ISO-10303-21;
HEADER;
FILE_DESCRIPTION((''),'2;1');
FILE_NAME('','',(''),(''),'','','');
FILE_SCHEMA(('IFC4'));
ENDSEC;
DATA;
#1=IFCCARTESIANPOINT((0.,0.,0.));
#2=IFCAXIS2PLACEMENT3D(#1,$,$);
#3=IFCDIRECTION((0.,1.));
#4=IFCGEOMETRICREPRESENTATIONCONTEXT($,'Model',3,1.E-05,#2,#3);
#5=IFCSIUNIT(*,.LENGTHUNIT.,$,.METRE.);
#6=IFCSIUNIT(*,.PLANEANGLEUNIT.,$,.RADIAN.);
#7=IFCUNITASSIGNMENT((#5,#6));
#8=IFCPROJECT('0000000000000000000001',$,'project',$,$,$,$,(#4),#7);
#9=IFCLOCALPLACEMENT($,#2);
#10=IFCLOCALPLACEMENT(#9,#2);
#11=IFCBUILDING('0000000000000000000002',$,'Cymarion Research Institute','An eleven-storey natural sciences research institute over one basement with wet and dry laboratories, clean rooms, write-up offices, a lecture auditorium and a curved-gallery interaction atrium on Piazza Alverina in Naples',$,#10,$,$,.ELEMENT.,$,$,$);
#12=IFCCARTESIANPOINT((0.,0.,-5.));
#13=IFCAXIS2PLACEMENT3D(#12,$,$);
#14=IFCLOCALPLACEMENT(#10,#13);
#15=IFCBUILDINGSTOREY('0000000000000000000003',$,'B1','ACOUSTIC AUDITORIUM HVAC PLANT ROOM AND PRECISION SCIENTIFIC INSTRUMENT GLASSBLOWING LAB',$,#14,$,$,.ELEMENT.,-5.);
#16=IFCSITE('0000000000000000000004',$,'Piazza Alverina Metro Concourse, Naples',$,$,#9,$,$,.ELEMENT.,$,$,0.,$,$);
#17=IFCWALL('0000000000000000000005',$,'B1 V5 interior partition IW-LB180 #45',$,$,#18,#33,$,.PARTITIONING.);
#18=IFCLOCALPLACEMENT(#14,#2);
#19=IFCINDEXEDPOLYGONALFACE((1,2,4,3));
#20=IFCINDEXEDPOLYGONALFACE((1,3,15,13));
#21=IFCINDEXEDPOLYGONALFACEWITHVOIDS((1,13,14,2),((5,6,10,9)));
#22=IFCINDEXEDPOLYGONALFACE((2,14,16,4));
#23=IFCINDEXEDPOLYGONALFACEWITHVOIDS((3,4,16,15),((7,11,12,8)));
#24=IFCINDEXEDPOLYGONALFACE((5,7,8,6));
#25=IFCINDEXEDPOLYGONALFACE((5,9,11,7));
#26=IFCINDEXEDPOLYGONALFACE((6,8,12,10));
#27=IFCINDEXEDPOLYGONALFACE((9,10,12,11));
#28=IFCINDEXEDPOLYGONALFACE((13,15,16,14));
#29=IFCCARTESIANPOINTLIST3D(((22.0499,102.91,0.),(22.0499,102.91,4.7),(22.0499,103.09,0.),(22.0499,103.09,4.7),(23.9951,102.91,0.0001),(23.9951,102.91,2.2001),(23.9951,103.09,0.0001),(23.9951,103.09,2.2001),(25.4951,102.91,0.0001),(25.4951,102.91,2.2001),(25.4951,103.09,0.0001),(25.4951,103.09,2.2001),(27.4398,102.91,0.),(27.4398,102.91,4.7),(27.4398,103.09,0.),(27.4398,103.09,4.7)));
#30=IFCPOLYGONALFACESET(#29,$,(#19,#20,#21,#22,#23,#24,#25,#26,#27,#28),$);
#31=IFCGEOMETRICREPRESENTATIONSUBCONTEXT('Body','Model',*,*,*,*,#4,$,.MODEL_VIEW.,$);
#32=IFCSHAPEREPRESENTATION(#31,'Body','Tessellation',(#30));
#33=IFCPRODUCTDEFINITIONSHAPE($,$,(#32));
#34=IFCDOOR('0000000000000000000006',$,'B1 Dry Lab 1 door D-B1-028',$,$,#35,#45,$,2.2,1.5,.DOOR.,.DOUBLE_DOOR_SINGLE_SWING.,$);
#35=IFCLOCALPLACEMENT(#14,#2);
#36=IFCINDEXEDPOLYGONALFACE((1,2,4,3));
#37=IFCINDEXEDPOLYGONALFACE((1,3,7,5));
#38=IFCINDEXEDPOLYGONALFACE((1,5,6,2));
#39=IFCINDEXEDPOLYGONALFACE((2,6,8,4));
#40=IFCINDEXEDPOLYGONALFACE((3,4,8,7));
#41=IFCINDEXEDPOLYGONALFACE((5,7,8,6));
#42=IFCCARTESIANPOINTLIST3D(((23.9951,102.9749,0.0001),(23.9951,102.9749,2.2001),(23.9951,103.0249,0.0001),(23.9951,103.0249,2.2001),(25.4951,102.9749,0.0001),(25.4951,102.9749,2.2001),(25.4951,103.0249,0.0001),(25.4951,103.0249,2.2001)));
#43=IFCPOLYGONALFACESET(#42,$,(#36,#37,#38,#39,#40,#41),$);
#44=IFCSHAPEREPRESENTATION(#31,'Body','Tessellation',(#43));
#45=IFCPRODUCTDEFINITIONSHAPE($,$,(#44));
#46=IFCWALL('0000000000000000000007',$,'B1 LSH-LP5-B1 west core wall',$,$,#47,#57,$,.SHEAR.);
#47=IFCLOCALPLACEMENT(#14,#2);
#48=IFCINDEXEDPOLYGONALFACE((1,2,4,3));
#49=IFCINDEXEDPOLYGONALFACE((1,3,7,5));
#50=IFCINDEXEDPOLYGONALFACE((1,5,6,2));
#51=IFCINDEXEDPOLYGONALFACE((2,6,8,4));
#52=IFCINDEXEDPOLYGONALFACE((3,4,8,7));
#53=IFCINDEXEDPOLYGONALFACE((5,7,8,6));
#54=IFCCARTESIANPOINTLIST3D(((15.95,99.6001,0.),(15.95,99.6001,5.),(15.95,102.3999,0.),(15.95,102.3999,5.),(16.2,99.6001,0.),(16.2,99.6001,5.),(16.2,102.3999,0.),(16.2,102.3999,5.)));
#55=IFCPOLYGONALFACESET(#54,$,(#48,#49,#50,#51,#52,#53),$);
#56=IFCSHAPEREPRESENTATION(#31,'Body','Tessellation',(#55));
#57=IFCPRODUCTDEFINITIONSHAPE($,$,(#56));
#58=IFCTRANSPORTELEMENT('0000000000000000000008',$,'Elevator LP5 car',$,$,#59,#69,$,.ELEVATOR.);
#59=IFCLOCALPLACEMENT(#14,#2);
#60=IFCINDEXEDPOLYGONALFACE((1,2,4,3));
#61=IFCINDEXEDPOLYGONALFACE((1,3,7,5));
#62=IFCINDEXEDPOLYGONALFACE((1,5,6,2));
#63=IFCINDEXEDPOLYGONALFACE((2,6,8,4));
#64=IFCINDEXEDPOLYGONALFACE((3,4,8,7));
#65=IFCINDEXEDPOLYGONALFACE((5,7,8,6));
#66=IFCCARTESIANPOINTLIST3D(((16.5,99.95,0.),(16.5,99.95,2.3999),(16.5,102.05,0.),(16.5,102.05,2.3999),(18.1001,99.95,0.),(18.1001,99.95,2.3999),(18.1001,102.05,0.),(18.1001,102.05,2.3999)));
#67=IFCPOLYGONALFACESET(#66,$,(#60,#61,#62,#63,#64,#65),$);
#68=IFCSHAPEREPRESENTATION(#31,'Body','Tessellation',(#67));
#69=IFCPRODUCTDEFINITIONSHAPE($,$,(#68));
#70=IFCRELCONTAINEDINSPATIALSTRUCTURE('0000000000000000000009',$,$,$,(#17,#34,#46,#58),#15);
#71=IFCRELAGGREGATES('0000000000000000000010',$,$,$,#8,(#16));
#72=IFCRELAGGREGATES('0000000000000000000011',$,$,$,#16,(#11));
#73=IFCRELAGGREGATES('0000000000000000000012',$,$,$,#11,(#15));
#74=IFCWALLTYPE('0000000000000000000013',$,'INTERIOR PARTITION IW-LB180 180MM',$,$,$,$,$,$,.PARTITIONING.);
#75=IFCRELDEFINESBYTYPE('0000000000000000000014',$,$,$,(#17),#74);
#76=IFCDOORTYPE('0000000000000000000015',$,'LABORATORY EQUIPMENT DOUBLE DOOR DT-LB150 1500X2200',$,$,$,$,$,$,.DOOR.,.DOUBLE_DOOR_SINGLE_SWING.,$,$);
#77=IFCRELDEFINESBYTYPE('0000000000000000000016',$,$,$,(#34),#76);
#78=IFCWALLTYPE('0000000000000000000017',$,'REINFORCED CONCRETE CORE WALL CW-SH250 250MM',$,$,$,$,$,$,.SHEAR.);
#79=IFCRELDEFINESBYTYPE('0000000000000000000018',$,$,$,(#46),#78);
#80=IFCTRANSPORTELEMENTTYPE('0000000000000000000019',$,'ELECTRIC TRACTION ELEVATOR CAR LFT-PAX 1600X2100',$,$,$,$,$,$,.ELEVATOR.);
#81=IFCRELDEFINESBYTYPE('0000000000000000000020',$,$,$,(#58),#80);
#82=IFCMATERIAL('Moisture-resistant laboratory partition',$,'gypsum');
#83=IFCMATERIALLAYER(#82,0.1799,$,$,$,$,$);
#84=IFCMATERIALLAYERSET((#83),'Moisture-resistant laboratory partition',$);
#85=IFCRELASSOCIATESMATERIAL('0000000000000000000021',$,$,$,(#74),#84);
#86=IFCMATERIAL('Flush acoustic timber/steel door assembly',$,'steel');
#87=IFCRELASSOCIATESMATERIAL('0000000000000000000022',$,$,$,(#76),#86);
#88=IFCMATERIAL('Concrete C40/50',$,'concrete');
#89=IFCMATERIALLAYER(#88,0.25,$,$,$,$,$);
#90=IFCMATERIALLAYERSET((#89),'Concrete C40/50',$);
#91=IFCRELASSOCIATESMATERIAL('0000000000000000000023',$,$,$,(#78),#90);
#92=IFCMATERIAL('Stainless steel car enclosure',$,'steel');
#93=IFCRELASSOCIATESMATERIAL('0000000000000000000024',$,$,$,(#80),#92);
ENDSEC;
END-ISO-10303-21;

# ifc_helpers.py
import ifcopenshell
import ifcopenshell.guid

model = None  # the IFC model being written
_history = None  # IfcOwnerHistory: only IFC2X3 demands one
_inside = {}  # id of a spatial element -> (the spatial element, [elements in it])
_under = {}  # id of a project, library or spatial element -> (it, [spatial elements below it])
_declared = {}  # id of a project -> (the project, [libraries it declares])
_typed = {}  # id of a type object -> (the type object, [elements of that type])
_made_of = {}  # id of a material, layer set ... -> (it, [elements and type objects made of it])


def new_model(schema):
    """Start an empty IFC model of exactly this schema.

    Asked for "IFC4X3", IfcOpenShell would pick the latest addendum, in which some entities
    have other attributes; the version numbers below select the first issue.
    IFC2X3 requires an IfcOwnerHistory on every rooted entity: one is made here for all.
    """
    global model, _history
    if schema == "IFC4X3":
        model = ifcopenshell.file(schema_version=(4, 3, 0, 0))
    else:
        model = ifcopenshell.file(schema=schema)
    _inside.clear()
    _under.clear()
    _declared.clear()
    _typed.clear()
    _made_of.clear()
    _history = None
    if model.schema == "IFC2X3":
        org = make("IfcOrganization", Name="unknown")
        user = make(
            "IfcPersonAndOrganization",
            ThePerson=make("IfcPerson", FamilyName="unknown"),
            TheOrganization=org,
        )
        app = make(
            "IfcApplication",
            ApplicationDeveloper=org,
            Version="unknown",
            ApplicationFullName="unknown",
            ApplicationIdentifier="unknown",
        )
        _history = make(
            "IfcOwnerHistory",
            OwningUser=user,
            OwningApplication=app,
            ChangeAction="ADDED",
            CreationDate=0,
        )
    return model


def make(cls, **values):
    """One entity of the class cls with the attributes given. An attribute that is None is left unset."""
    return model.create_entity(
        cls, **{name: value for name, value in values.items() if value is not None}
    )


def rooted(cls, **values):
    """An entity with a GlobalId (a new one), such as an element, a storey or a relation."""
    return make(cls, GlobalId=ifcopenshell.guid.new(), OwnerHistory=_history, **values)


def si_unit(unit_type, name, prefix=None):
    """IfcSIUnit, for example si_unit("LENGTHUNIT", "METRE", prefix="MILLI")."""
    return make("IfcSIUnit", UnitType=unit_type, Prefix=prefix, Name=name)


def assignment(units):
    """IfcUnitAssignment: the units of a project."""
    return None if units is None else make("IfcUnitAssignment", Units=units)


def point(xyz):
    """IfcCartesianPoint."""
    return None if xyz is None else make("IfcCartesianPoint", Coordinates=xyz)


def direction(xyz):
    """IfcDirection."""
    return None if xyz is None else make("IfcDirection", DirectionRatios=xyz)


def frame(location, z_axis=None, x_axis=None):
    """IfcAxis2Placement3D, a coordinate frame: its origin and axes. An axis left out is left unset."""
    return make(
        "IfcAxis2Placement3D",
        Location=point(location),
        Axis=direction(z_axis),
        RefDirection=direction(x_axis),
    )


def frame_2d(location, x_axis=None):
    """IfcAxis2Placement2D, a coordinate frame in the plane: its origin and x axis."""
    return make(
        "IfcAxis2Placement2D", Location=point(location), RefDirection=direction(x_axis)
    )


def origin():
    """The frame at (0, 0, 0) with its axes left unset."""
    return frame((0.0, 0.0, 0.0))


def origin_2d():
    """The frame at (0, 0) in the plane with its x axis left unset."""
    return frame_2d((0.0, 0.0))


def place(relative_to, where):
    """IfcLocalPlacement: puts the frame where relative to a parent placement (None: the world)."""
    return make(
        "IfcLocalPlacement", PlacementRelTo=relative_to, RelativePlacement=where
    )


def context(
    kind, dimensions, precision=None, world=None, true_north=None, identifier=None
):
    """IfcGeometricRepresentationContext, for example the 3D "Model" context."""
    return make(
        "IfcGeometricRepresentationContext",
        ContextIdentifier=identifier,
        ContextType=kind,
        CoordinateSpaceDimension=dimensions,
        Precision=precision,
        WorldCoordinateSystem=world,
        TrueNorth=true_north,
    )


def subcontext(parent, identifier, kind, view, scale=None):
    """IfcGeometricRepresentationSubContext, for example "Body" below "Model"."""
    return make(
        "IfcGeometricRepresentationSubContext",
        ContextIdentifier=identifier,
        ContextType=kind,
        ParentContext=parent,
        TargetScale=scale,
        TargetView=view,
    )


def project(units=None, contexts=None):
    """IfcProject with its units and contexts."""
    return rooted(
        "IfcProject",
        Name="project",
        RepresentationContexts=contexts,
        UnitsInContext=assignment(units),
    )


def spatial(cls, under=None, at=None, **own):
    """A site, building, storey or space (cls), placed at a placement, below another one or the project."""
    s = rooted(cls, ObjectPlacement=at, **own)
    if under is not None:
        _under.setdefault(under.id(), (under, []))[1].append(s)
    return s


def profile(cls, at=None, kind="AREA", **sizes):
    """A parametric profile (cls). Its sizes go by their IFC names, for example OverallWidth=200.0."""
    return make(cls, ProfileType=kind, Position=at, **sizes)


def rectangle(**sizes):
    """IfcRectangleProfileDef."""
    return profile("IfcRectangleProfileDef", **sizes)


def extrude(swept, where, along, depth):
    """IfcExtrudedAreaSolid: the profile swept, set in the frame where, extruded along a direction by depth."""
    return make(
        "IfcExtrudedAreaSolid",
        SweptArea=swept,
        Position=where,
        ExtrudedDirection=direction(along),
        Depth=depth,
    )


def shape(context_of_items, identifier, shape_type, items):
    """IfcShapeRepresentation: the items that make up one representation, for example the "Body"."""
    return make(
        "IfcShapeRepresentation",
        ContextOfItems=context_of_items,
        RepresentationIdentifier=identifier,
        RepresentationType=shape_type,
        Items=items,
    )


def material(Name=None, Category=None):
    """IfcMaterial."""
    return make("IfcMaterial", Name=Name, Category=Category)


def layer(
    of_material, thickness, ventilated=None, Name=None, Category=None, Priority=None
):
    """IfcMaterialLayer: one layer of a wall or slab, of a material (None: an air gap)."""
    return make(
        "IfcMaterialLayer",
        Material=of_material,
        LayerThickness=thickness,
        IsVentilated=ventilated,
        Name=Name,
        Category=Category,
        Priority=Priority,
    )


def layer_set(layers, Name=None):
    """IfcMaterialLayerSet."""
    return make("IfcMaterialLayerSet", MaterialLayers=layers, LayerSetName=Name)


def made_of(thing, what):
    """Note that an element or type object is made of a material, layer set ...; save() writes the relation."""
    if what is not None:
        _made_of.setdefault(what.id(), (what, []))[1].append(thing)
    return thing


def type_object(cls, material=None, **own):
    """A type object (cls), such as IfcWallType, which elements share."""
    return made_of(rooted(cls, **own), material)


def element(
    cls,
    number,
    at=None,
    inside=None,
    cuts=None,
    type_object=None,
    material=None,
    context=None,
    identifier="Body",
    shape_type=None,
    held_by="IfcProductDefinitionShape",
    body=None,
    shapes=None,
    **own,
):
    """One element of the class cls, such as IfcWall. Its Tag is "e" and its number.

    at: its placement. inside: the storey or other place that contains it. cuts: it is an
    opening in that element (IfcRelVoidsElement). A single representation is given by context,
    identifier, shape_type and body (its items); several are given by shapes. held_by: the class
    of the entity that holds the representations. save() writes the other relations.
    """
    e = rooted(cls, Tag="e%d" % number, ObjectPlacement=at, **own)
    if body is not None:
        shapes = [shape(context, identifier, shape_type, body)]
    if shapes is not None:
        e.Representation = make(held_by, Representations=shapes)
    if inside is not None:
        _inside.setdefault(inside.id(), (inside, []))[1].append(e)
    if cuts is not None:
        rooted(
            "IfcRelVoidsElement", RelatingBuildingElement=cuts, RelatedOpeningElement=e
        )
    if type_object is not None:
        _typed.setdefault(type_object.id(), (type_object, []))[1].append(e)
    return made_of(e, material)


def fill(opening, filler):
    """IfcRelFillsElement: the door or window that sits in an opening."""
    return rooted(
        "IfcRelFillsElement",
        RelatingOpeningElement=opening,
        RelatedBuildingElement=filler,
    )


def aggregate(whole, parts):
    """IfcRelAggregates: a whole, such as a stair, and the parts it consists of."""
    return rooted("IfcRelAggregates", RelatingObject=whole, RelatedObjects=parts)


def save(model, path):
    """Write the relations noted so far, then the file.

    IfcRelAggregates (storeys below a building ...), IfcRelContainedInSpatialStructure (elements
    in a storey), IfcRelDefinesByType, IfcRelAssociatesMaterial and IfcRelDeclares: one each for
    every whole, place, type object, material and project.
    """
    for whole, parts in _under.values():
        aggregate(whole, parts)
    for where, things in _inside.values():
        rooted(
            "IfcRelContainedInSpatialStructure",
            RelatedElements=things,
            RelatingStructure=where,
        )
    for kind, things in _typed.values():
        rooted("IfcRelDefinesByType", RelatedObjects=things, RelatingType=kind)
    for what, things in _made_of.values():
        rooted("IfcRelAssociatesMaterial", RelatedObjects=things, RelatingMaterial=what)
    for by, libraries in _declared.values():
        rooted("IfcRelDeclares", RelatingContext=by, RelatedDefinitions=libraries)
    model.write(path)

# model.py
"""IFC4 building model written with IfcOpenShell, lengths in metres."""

from ifc_helpers import new_model, si_unit, direction, frame, frame_2d, origin, origin_2d, place, context, subcontext, project, spatial, rectangle, extrude, material, layer, layer_set, type_object, element, fill, save


model = new_model("IFC4")

# Units and contexts
model_context = context("Model", 3, precision=1e-05, world=origin(), true_north=direction((0.0, 1.0)))
body_context = subcontext(model_context, "Body", "Model", "MODEL_VIEW")
ifc_project = project(units=[si_unit("LENGTHUNIT", "METRE"), si_unit("PLANEANGLEUNIT", "RADIAN")], contexts=[model_context])

# Site, building, storey
site_placement = place(None, origin())
site = spatial("IfcSite", under=ifc_project, at=site_placement, Name="Piazza Alverina Metro Concourse, Naples", CompositionType="ELEMENT", RefElevation=0.0)
building_placement = place(site_placement, origin())
building = spatial("IfcBuilding", under=site, at=building_placement, Name="Cymarion Research Institute", Description="An eleven-storey natural sciences research institute over one basement with wet and dry laboratories, clean rooms, write-up offices, a lecture auditorium and a curved-gallery interaction atrium on Piazza Alverina in Naples", CompositionType="ELEMENT")
storey_placement = place(building_placement, frame((0.0, 0.0, -5.0)))
storey = spatial("IfcBuildingStorey", under=building, at=storey_placement, Name="B1", Description="ACOUSTIC AUDITORIUM HVAC PLANT ROOM AND PRECISION SCIENTIFIC INSTRUMENT GLASSBLOWING LAB", CompositionType="ELEMENT", Elevation=-5.0)

# Wall, opening, door
ifc_material_1 = material(Name="Flush acoustic timber/steel door assembly", Category="steel")
ifc_material_2 = material(Name="Moisture-resistant laboratory partition", Category="gypsum")
ifc_layer_1 = layer(ifc_material_2, 0.1799)
ifc_layer_set_1 = layer_set([ifc_layer_1], Name="Moisture-resistant laboratory partition")
wall_type_1 = type_object("IfcWallType", Name="INTERIOR PARTITION IW-LB180 180MM", PredefinedType="PARTITIONING", material=ifc_layer_set_1)
wall_1_placement = place(storey_placement, frame((22.05, 103.0, 0.0), z_axis=(0.0, 0.0, 1.0), x_axis=(1.0, 0.0, 0.0)))
wall_1 = element("IfcWall", 1, at=wall_1_placement, inside=storey, type_object=wall_type_1, Name="B1 V5 interior partition IW-LB180 #45", PredefinedType="PARTITIONING", context=body_context, shape_type="SweptSolid", body=[
    extrude(rectangle(XDim=5.3899, YDim=0.1799, at=frame_2d((2.6948, 0.0))), origin(), (0.0, 0.0, 1.0), 4.7),
])
opening_1_placement = place(wall_1_placement, frame((1.9451, 0.0, 0.0)))
opening_1 = element("IfcOpeningElement", 2, at=opening_1_placement, cuts=wall_1, PredefinedType="OPENING", context=body_context, shape_type="SweptSolid", body=[
    extrude(rectangle(XDim=1.5, YDim=2.2, at=frame_2d((0.75, 1.1001))), frame((0.0, 0.0999, 0.0), z_axis=(0.0, -1.0, 0.0), x_axis=(1.0, 0.0, 0.0)), (0.0, 0.0, 1.0), 0.2),
])
door_type_1 = type_object("IfcDoorType", Name="LABORATORY EQUIPMENT DOUBLE DOOR DT-LB150 1500X2200", OperationType="DOUBLE_DOOR_SINGLE_SWING", PredefinedType="DOOR", material=ifc_material_1)
door_1_placement = place(opening_1_placement, origin())
door_1 = element("IfcDoor", 3, at=door_1_placement, inside=storey, type_object=door_type_1, Name="B1 Dry Lab 1 door D-B1-028", OperationType="DOUBLE_DOOR_SINGLE_SWING", OverallHeight=2.2, OverallWidth=1.5, PredefinedType="DOOR", context=body_context, shape_type="SweptSolid", body=[
    extrude(rectangle(XDim=1.5, YDim=2.2, at=frame_2d((0.75, 1.1001))), frame((0.0, 0.0249, 0.0), z_axis=(0.0, -1.0, 0.0), x_axis=(1.0, 0.0, 0.0)), (0.0, 0.0, 1.0), 0.05),
])
fill(opening_1, door_1)
ifc_material_3 = material(Name="Concrete C40/50", Category="concrete")
ifc_layer_2 = layer(ifc_material_3, 0.25)
ifc_layer_set_2 = layer_set([ifc_layer_2], Name="Concrete C40/50")
wall_type_2 = type_object("IfcWallType", Name="REINFORCED CONCRETE CORE WALL CW-SH250 250MM", PredefinedType="SHEAR", material=ifc_layer_set_2)

# Wall
wall_2_placement = place(storey_placement, frame((16.075, 102.3999, 0.0), z_axis=(0.0, 0.0, 1.0), x_axis=(0.0, -1.0, 0.0)))
element("IfcWall", 4, at=wall_2_placement, inside=storey, type_object=wall_type_2, Name="B1 LSH-LP5-B1 west core wall", PredefinedType="SHEAR", context=body_context, shape_type="SweptSolid", body=[
    extrude(rectangle(XDim=2.7998, YDim=0.25, at=frame_2d((1.3999, 0.0))), origin(), (0.0, 0.0, 1.0), 5.0),
])

# Transport element
ifc_material_4 = material(Name="Stainless steel car enclosure", Category="steel")
transport_element_type = type_object("IfcTransportElementType", Name="ELECTRIC TRACTION ELEVATOR CAR LFT-PAX 1600X2100", PredefinedType="ELEVATOR", material=ifc_material_4)
transport_element_placement = place(storey_placement, frame((17.3, 101.0, 0.0), z_axis=(0.0, 0.0, 1.0), x_axis=(1.0, 0.0, 0.0)))
element("IfcTransportElement", 5, at=transport_element_placement, inside=storey, type_object=transport_element_type, Name="Elevator LP5 car", PredefinedType="ELEVATOR", context=body_context, shape_type="SweptSolid", body=[
    extrude(rectangle(XDim=1.6001, YDim=2.1001, at=origin_2d()), origin(), (0.0, 0.0, 1.0), 2.3999),
])

save(model, "model.ifc")
